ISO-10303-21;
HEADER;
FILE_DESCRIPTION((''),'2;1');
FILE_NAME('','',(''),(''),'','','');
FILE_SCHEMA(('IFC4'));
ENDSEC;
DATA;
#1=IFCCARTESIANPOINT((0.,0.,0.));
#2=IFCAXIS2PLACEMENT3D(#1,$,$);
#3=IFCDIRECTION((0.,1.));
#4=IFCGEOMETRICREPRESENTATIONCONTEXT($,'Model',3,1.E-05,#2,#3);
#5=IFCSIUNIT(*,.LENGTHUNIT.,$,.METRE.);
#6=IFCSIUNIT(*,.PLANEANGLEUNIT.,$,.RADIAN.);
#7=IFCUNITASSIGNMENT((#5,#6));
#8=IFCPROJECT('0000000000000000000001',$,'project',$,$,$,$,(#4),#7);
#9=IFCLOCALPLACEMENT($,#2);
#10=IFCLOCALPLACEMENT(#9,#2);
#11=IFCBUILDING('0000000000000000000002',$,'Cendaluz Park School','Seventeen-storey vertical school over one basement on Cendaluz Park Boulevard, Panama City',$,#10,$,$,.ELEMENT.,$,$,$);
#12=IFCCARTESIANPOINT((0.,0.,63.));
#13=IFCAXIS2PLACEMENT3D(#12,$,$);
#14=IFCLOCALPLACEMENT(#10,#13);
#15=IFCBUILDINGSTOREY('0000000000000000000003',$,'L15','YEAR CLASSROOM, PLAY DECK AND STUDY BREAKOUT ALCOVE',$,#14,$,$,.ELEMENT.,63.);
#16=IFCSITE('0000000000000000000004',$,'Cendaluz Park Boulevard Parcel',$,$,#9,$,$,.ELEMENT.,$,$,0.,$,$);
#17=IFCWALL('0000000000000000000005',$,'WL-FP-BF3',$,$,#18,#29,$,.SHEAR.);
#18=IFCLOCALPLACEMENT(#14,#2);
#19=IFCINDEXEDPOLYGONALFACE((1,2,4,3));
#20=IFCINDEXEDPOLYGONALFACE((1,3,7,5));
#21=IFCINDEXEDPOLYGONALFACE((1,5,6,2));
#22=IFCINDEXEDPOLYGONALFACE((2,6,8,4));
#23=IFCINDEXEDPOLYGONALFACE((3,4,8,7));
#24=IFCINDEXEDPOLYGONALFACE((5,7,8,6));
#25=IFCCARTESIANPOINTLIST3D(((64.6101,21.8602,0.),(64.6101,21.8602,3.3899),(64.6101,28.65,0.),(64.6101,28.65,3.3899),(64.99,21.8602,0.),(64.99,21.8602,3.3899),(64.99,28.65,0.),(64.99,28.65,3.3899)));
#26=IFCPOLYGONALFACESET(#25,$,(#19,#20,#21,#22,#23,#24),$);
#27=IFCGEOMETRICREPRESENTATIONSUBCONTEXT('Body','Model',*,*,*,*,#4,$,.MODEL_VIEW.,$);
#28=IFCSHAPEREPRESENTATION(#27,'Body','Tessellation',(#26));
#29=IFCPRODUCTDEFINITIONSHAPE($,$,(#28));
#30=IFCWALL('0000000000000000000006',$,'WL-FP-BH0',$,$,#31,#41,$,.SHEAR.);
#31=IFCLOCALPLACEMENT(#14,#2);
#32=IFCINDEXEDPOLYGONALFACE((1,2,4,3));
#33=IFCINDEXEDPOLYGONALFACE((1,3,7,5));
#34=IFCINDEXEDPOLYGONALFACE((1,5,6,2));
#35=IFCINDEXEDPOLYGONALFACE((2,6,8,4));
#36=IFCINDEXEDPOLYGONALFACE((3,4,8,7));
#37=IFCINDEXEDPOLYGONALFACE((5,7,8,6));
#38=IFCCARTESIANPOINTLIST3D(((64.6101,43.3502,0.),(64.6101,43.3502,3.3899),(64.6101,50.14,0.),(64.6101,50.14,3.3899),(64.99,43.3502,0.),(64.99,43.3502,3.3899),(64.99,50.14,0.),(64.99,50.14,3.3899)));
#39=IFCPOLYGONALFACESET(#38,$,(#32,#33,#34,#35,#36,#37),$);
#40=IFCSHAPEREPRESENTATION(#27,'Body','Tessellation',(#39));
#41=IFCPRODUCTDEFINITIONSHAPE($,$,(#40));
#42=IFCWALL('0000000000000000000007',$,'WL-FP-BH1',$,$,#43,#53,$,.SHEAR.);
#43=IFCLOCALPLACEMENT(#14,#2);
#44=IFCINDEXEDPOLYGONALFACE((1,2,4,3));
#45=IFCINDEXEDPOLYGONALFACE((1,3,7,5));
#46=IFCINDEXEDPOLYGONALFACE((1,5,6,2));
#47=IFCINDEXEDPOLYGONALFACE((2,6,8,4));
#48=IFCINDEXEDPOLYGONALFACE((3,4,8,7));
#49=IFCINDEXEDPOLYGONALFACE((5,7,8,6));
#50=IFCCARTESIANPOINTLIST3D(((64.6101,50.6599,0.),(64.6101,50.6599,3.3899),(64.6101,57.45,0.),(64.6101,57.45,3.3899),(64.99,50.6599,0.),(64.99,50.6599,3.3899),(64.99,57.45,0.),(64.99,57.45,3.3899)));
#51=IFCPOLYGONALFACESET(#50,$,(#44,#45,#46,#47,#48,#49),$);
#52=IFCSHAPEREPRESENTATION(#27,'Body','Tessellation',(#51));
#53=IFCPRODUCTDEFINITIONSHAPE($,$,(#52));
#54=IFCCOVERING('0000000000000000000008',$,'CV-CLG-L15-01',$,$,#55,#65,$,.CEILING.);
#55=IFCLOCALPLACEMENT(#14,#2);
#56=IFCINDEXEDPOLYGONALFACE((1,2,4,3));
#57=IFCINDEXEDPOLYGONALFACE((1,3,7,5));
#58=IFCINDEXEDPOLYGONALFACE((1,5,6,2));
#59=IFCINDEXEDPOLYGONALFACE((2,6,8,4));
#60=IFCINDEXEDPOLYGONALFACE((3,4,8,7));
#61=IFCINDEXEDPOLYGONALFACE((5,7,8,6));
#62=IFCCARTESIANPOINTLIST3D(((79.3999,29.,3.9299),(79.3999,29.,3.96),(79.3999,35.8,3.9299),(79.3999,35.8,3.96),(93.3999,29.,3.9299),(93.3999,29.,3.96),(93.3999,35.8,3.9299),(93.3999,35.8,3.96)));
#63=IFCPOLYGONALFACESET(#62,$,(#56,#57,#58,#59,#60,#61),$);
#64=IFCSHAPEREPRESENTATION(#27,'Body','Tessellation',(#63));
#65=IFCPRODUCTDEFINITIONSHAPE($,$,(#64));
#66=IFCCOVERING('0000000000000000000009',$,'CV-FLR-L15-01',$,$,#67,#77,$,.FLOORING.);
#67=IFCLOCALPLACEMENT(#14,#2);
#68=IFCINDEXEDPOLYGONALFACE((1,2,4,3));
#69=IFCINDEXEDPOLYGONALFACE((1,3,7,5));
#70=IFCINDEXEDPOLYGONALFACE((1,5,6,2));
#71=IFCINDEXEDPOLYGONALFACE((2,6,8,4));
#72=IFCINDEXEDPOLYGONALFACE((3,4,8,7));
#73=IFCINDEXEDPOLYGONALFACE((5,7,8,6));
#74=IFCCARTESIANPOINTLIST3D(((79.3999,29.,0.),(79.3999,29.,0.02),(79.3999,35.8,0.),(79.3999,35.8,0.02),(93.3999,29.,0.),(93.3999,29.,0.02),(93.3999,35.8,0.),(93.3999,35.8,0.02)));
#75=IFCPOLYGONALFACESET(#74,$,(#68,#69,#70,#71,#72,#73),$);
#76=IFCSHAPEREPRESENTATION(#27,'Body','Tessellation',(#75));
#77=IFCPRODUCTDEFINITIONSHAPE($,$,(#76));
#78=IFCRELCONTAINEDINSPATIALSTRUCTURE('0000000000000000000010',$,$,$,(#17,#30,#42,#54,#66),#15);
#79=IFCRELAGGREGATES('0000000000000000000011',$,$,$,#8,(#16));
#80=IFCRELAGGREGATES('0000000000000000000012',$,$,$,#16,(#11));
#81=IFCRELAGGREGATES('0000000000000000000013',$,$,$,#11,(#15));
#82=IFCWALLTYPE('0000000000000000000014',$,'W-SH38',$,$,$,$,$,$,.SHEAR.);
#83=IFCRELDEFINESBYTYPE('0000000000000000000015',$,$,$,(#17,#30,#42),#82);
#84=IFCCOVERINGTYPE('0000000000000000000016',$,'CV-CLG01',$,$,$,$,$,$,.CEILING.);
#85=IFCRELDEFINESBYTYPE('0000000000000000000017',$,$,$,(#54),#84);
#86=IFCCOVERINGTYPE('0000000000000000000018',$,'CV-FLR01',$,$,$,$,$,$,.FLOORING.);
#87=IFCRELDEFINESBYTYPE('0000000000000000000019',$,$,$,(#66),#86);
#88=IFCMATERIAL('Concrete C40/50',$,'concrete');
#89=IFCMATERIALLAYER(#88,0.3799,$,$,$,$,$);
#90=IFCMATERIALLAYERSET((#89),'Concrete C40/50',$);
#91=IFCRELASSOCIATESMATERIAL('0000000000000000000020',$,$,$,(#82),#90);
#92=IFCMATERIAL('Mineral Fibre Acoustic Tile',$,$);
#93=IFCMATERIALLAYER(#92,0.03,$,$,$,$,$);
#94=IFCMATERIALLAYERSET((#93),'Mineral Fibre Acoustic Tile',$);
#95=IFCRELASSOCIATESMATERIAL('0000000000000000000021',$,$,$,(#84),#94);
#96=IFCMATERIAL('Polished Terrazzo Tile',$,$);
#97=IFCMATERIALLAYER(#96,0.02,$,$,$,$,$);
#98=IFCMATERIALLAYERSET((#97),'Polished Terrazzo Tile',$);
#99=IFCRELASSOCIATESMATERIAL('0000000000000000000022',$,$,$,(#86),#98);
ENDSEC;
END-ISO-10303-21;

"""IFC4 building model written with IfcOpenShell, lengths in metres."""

from ifc_helpers import new_model, si_unit, direction, frame, frame_2d, origin, place, context, subcontext, project, spatial, polyline, rectangle, outline, extrude, material, layer, layer_set, type_object, element, save


model = new_model("IFC4")

# Units and contexts
model_context = context("Model", 3, precision=1e-05, world=origin(), true_north=direction((0.0, 1.0)))
body_context = subcontext(model_context, "Body", "Model", "MODEL_VIEW")
ifc_project = project(units=[si_unit("LENGTHUNIT", "METRE"), si_unit("PLANEANGLEUNIT", "RADIAN")], contexts=[model_context])

# Site, building, storey
site_placement = place(None, origin())
site = spatial("IfcSite", under=ifc_project, at=site_placement, Name="Cendaluz Park Boulevard Parcel", CompositionType="ELEMENT", RefElevation=0.0)
building_placement = place(site_placement, origin())
building = spatial("IfcBuilding", under=site, at=building_placement, Name="Cendaluz Park School", Description="Seventeen-storey vertical school over one basement on Cendaluz Park Boulevard, Panama City", CompositionType="ELEMENT")
storey_placement = place(building_placement, frame((0.0, 0.0, 63.0)))
storey = spatial("IfcBuildingStorey", under=building, at=storey_placement, Name="L15", Description="YEAR CLASSROOM, PLAY DECK AND STUDY BREAKOUT ALCOVE", CompositionType="ELEMENT", Elevation=63.0)

# Walls
ifc_material_1 = material(Name="Concrete C40/50", Category="concrete")
ifc_layer_1 = layer(ifc_material_1, 0.3799)
ifc_layer_set_1 = layer_set([ifc_layer_1], Name="Concrete C40/50")
wall_type_1 = type_object("IfcWallType", Name="W-SH38", PredefinedType="SHEAR", material=ifc_layer_set_1)
for number, where, z_axis, x_axis, name in (
    (1, (64.8, 21.8601, 0.0), (0.0, 0.0, 1.0), (0.0, 1.0, 0.0), "WL-FP-BF3"),
    (2, (64.8, 43.3501, 0.0), (0.0, 0.0, 1.0), (0.0, 1.0, 0.0), "WL-FP-BH0"),
):
    element("IfcWall", number, at=place(storey_placement, frame(where, z_axis=z_axis, x_axis=x_axis)), inside=storey, type_object=wall_type_1, Name=name, PredefinedType="SHEAR", context=body_context, shape_type="SweptSolid", body=[
        extrude(rectangle(XDim=6.7898, YDim=0.3799, at=frame_2d((3.395, 0.0))), origin(), (0.0, 0.0, 1.0), 3.3899),
    ])
wall_1_placement = place(storey_placement, frame((64.8, 50.6599, 0.0), z_axis=(0.0, 0.0, 1.0), x_axis=(0.0, 1.0, 0.0)))
element("IfcWall", 3, at=wall_1_placement, inside=storey, type_object=wall_type_1, Name="WL-FP-BH1", PredefinedType="SHEAR", context=body_context, shape_type="SweptSolid", body=[
    extrude(rectangle(XDim=6.79, YDim=0.3799, at=frame_2d((3.395, 0.0))), origin(), (0.0, 0.0, 1.0), 3.3899),
])

# Coverings
ifc_material_2 = material(Name="Mineral Fibre Acoustic Tile")
ifc_layer_2 = layer(ifc_material_2, 0.03)
ifc_layer_set_2 = layer_set([ifc_layer_2], Name="Mineral Fibre Acoustic Tile")
covering_type_1 = type_object("IfcCoveringType", Name="CV-CLG01", PredefinedType="CEILING", material=ifc_layer_set_2)
covering_1_placement = place(storey_placement, frame((0.0, 0.0, 3.9299)))
element("IfcCovering", 4, at=covering_1_placement, inside=storey, type_object=covering_type_1, Name="CV-CLG-L15-01", PredefinedType="CEILING", context=body_context, shape_type="SweptSolid", body=[
    extrude(outline(polyline([(79.3999, 29.0), (93.3999, 29.0), (93.3999, 35.8), (79.3999, 35.8), (79.3999, 29.0)])), origin(), (0.0, 0.0, 1.0), 0.03),
])
ifc_material_3 = material(Name="Polished Terrazzo Tile")
ifc_layer_3 = layer(ifc_material_3, 0.02)
ifc_layer_set_3 = layer_set([ifc_layer_3], Name="Polished Terrazzo Tile")
covering_type_2 = type_object("IfcCoveringType", Name="CV-FLR01", PredefinedType="FLOORING", material=ifc_layer_set_3)
covering_2_placement = place(storey_placement, origin())
element("IfcCovering", 5, at=covering_2_placement, inside=storey, type_object=covering_type_2, Name="CV-FLR-L15-01", PredefinedType="FLOORING", context=body_context, shape_type="SweptSolid", body=[
    extrude(outline(polyline([(79.3999, 29.0), (93.3999, 29.0), (93.3999, 35.8), (79.3999, 35.8), (79.3999, 29.0)])), origin(), (0.0, 0.0, 1.0), 0.02),
])

save(model, "model.ifc")
